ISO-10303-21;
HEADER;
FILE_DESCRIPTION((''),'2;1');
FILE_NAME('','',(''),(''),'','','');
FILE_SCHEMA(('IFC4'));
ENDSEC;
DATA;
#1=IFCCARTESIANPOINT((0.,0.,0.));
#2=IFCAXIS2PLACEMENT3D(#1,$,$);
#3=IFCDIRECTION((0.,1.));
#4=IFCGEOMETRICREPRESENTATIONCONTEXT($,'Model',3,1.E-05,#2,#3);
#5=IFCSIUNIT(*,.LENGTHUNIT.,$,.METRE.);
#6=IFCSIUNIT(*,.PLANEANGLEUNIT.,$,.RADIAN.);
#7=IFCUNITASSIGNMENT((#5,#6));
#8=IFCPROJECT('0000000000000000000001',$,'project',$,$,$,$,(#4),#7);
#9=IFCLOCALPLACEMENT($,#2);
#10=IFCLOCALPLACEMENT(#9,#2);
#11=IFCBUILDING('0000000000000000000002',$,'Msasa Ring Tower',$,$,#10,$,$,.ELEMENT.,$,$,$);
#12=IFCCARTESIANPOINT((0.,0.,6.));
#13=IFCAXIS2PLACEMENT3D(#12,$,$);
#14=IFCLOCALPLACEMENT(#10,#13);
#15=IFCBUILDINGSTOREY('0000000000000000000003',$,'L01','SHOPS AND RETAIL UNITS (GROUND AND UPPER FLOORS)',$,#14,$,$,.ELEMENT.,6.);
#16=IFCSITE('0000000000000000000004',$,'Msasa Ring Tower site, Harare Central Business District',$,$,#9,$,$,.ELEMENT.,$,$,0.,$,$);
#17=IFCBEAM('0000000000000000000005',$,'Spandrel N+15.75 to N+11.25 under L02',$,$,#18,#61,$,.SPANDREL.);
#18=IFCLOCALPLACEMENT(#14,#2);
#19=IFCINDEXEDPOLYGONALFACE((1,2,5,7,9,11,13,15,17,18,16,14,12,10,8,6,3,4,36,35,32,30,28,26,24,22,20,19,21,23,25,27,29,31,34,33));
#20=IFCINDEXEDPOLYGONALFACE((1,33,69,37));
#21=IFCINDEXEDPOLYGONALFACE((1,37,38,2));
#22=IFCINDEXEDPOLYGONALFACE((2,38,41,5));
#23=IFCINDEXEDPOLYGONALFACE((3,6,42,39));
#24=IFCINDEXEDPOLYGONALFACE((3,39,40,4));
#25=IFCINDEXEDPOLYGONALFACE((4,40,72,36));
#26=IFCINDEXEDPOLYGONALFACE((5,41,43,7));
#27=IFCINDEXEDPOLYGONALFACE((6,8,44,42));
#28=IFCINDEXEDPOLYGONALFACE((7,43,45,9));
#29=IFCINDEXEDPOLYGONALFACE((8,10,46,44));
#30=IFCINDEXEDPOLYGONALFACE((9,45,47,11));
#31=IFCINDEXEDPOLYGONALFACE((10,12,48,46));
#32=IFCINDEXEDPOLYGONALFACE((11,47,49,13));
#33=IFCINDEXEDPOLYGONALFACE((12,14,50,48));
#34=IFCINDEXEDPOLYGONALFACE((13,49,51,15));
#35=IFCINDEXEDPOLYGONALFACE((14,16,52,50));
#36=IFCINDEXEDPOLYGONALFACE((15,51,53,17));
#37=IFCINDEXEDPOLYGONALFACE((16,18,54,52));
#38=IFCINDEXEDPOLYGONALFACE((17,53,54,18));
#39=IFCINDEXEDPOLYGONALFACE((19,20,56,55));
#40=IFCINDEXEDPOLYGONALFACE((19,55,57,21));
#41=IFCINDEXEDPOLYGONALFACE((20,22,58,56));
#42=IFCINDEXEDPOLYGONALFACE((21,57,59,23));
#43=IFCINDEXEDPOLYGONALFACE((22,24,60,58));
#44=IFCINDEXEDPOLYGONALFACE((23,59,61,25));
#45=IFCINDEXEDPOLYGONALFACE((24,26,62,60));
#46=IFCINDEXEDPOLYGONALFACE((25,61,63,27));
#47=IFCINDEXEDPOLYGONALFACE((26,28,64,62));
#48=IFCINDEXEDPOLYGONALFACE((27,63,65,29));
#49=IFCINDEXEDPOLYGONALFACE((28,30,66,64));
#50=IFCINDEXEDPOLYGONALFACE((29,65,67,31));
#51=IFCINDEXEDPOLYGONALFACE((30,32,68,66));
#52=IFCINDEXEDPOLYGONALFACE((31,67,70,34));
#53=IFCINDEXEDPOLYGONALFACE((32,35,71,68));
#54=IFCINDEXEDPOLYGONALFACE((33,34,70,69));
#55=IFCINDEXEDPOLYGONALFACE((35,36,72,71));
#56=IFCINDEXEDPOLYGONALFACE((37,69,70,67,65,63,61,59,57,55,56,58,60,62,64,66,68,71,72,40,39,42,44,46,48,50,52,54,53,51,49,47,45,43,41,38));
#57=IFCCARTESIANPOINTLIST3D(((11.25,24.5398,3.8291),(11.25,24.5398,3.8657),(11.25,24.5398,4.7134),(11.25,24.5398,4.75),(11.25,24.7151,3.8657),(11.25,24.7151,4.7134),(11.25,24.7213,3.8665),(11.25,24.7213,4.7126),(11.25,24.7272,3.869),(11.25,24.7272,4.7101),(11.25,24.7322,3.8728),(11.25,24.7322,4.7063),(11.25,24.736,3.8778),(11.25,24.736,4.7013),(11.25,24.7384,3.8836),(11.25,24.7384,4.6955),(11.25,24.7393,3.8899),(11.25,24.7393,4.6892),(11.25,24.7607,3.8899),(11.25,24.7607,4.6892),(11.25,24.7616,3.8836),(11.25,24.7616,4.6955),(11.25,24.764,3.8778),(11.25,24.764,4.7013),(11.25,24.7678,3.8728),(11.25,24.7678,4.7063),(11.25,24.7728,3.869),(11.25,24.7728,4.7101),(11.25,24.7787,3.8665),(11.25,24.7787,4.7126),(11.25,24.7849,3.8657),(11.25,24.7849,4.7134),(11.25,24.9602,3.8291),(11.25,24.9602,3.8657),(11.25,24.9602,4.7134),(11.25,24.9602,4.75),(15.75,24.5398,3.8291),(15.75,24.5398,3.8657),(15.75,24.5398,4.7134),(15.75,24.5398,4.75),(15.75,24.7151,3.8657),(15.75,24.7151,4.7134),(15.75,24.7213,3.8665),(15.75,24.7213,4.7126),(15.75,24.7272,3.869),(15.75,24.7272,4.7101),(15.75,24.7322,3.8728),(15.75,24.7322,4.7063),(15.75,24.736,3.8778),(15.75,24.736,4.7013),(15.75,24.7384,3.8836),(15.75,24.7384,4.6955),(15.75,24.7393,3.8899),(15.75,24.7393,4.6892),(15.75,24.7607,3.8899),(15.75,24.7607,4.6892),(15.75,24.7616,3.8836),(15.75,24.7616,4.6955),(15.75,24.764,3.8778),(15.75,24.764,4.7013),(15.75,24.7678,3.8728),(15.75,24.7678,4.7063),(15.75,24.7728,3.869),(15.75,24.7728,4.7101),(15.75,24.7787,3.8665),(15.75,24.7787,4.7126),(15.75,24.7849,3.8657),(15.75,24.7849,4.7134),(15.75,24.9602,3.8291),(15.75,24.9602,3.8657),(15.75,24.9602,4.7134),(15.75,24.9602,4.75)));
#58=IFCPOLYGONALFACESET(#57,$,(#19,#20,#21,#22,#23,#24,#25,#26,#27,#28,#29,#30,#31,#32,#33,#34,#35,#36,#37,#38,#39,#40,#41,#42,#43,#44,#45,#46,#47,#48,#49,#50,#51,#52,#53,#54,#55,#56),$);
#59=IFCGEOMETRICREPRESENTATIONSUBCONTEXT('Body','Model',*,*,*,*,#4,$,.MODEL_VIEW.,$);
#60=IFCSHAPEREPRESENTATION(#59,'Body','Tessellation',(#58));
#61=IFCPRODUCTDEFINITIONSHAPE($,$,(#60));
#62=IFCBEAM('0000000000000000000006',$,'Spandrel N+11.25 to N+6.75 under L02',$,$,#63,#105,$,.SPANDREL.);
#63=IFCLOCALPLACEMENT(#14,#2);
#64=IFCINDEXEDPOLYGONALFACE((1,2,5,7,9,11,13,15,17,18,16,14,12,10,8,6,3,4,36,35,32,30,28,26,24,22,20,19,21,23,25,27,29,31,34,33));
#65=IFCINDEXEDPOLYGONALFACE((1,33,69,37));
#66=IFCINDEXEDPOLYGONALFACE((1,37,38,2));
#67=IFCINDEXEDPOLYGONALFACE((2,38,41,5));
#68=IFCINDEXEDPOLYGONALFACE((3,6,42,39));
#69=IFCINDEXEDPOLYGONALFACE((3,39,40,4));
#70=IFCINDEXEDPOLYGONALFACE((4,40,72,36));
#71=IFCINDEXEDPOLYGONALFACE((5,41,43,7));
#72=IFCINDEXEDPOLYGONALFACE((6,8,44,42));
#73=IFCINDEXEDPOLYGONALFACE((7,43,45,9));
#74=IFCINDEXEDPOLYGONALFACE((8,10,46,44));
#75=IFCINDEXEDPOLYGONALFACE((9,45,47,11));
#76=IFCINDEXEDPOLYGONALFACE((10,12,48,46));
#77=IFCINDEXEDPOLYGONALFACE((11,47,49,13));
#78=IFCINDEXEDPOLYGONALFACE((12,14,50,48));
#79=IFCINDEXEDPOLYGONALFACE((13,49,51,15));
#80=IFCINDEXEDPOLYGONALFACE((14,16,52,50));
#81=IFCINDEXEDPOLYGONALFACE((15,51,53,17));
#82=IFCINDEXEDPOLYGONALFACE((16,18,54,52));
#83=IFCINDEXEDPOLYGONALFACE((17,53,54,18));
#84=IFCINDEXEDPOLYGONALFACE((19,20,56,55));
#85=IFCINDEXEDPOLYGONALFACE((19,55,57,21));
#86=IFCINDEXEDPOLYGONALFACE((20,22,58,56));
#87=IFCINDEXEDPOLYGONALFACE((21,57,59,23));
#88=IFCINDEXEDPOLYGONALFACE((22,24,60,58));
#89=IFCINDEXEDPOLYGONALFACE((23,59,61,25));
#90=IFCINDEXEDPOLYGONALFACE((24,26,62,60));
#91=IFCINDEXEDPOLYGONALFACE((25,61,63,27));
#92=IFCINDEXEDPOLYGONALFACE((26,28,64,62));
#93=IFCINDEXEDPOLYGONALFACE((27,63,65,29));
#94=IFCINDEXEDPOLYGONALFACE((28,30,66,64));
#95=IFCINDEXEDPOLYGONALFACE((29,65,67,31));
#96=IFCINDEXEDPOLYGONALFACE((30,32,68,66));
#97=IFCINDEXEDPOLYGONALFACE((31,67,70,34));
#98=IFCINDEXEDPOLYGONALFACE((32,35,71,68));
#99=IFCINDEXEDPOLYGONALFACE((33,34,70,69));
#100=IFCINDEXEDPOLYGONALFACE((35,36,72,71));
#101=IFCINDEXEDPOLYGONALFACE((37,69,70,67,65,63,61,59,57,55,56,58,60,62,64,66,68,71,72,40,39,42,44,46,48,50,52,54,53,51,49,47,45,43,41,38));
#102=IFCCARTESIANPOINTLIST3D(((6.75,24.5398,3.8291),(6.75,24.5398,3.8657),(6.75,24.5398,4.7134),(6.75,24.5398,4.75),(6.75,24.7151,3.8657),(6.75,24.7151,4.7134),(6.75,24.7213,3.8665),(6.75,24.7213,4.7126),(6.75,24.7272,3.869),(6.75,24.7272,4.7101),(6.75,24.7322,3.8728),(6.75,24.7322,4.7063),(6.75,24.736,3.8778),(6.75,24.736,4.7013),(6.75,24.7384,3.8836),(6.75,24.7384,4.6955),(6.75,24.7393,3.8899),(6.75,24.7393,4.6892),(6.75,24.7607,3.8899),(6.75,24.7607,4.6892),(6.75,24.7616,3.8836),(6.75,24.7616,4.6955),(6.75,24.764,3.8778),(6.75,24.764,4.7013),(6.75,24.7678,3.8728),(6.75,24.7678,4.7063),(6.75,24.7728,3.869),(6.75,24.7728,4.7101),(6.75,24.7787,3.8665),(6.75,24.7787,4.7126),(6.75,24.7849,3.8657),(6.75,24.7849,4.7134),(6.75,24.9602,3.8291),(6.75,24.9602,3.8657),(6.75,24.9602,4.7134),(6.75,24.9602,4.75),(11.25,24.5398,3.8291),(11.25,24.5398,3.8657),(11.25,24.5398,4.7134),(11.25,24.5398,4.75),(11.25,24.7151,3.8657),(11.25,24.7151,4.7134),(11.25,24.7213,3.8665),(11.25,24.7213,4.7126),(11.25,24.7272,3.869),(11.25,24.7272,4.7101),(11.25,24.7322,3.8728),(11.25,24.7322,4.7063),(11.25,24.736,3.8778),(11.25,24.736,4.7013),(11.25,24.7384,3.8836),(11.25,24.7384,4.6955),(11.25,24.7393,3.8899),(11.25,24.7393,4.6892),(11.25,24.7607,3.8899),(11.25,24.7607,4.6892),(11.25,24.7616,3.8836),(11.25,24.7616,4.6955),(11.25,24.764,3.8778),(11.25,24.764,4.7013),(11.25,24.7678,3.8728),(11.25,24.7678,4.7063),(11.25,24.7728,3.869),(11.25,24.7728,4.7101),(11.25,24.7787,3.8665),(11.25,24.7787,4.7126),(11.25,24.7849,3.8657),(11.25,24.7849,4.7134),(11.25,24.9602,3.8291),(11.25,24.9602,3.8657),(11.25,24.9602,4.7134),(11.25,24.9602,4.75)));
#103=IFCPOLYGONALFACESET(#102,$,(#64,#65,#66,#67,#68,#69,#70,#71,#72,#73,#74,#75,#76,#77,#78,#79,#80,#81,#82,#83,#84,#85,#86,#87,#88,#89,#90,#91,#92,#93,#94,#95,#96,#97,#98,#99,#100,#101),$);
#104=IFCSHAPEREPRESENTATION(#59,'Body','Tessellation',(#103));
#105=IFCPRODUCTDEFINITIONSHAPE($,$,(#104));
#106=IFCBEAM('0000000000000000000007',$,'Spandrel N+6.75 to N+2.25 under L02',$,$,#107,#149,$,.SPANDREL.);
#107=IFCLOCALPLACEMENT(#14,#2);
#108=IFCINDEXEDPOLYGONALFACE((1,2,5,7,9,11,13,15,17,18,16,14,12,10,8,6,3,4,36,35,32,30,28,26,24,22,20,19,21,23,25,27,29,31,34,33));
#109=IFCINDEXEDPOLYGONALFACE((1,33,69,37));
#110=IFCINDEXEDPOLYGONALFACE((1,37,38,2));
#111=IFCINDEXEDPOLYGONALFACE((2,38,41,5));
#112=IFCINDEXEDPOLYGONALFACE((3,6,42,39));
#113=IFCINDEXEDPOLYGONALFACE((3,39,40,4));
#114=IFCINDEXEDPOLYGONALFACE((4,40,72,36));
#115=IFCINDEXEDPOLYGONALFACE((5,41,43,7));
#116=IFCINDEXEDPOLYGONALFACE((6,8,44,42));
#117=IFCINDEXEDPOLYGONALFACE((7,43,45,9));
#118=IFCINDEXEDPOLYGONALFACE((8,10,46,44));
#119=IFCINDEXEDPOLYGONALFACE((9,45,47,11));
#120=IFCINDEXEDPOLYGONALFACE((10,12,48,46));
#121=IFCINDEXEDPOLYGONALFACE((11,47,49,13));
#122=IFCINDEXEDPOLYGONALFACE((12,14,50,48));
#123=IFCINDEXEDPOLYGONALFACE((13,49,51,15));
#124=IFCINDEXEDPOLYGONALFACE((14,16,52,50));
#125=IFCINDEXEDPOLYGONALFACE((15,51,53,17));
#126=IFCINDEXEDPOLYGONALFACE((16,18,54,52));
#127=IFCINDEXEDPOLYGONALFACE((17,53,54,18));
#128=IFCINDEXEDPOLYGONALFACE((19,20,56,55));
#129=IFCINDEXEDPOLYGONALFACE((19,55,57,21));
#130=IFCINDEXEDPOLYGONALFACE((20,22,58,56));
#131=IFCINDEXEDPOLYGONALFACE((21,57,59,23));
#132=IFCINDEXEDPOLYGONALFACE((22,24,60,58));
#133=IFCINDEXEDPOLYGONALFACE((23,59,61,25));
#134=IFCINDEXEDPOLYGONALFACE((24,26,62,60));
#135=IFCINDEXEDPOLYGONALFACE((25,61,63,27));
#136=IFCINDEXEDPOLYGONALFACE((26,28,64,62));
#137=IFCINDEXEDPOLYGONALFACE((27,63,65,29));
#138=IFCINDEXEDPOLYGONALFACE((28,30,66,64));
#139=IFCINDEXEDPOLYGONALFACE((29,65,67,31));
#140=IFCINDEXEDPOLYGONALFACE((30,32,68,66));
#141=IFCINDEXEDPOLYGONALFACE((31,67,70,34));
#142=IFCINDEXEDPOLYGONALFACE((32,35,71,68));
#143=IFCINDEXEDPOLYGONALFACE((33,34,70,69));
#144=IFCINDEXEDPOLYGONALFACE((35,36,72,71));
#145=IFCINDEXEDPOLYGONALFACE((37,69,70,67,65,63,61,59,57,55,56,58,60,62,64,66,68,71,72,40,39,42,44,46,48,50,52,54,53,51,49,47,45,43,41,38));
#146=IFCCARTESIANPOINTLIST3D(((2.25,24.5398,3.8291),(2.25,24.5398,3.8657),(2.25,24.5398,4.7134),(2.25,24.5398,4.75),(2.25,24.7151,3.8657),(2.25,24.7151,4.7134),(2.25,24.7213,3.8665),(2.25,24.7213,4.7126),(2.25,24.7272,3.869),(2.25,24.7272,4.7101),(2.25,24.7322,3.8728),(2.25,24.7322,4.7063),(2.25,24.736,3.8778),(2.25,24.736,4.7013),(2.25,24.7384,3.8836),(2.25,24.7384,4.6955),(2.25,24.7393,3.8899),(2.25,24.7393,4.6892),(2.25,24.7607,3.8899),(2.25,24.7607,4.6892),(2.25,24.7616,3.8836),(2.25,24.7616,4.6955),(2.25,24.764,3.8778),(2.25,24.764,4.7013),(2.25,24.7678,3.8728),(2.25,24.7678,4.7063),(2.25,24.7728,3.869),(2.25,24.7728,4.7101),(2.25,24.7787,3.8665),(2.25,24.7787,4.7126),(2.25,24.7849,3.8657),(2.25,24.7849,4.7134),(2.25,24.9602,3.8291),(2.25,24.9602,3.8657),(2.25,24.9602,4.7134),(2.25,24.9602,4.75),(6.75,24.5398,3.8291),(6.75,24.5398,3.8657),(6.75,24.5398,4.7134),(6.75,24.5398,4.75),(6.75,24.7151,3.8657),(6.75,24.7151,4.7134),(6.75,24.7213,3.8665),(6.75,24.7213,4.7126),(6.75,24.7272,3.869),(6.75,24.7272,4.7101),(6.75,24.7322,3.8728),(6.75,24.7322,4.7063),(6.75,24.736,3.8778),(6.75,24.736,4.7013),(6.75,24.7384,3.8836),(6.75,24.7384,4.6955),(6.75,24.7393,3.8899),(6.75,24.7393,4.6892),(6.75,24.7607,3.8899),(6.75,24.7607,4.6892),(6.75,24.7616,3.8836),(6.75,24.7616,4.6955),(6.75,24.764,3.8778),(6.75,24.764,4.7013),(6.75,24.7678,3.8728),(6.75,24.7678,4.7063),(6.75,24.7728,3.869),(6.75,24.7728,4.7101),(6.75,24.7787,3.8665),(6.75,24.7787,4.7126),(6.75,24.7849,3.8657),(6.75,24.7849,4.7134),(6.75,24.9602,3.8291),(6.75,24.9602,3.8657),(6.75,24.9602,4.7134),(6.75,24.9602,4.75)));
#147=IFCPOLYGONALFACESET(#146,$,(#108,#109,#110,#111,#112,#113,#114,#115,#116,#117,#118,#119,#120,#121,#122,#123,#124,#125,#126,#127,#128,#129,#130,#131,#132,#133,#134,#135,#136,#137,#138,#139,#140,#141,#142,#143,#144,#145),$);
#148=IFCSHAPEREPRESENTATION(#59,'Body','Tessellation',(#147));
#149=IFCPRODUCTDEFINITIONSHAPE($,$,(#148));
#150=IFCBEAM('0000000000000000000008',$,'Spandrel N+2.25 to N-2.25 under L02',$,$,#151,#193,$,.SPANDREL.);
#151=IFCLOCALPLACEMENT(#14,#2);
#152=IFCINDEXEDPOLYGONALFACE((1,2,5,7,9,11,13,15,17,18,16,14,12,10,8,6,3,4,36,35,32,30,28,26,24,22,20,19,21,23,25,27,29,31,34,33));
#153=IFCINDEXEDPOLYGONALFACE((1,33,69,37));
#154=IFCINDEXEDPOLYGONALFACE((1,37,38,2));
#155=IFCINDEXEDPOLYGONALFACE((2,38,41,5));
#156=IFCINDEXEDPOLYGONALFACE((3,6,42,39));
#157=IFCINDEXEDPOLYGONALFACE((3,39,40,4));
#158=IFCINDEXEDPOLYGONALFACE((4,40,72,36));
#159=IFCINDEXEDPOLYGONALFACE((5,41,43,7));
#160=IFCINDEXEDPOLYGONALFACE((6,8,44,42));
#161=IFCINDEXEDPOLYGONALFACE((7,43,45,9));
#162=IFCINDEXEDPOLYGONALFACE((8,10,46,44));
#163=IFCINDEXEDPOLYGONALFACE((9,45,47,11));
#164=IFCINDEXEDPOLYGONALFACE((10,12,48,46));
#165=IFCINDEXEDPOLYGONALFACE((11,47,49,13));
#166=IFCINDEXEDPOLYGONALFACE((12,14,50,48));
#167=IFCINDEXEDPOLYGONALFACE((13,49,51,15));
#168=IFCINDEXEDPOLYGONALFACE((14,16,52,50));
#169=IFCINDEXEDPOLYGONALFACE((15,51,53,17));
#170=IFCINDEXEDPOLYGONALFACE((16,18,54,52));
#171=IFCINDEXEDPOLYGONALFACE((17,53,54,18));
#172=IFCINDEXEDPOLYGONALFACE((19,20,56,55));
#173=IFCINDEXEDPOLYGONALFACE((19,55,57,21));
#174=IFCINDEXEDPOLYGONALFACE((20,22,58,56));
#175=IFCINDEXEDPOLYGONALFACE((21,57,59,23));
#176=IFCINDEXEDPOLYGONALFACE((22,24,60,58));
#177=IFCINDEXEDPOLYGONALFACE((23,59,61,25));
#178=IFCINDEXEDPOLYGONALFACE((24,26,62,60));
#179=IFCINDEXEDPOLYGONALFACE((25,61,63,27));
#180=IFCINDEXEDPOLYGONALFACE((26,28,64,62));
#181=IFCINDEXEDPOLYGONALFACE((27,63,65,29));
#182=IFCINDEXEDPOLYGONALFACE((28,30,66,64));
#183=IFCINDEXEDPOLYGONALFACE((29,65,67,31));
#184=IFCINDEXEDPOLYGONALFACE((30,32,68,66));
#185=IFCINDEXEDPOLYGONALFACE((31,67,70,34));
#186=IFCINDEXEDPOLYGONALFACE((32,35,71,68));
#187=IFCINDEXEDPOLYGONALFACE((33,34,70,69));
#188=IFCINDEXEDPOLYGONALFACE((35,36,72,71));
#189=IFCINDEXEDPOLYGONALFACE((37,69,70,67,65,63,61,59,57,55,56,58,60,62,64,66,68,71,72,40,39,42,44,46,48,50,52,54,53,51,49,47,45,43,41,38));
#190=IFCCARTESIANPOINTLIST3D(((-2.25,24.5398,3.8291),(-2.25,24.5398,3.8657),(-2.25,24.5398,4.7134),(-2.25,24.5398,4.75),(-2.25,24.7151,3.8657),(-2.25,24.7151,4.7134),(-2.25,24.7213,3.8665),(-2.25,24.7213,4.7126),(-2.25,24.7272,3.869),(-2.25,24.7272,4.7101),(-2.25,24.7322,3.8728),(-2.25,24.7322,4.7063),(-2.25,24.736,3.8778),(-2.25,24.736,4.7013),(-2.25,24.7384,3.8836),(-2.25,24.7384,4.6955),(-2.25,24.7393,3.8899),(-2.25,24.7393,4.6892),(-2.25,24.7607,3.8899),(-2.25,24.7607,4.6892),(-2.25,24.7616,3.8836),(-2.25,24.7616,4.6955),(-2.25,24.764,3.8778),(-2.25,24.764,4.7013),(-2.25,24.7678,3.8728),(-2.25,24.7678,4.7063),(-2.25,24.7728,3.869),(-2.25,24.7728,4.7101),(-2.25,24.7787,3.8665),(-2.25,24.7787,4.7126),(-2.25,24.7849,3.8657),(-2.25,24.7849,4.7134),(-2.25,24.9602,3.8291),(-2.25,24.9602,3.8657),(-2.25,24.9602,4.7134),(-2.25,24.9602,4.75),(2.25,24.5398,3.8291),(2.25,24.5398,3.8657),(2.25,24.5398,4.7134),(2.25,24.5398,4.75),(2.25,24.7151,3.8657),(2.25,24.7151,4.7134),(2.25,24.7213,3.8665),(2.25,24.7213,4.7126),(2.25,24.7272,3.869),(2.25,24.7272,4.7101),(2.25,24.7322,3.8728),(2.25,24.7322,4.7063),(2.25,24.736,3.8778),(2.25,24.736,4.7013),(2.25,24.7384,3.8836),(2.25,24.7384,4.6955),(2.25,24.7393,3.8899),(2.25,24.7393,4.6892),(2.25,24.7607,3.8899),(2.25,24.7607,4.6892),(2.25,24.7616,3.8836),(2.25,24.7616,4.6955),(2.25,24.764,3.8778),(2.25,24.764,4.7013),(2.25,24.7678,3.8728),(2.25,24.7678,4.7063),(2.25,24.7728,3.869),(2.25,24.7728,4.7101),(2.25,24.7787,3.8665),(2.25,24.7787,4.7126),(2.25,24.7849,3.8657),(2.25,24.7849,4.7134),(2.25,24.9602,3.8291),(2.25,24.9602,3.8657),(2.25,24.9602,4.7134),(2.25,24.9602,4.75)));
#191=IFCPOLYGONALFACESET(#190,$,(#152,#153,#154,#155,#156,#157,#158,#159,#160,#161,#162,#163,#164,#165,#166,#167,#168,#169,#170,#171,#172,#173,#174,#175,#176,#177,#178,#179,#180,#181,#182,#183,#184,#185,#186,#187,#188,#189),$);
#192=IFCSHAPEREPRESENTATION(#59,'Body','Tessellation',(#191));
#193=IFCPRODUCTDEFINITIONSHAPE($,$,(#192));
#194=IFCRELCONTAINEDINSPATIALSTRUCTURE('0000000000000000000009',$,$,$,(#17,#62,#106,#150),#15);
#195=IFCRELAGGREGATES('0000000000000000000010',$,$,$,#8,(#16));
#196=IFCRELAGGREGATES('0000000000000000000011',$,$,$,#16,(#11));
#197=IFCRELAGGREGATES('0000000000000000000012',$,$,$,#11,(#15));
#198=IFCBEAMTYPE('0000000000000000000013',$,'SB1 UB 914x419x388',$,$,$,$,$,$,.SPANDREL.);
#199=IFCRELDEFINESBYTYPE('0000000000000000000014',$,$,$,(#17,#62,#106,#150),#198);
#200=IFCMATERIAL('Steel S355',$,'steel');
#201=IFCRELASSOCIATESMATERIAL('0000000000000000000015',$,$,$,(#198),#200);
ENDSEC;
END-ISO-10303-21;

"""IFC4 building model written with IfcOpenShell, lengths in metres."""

from ifc_helpers import new_model, si_unit, direction, frame, origin, origin_2d, place, context, subcontext, project, spatial, i_section, extrude, material, material_profile, profile_set, type_object, element, save


model = new_model("IFC4")

# Units and contexts
model_context = context("Model", 3, precision=1e-05, world=origin(), true_north=direction((0.0, 1.0)))
body_context = subcontext(model_context, "Body", "Model", "MODEL_VIEW")
ifc_project = project(units=[si_unit("LENGTHUNIT", "METRE"), si_unit("PLANEANGLEUNIT", "RADIAN")], contexts=[model_context])

# Site, building, storey
site_placement = place(None, origin())
site = spatial("IfcSite", under=ifc_project, at=site_placement, Name="Msasa Ring Tower site, Harare Central Business District", CompositionType="ELEMENT", RefElevation=0.0)
building_placement = place(site_placement, origin())
building = spatial("IfcBuilding", under=site, at=building_placement, Name="Msasa Ring Tower", CompositionType="ELEMENT")
storey_placement = place(building_placement, frame((0.0, 0.0, 6.0)))
storey = spatial("IfcBuildingStorey", under=building, at=storey_placement, Name="L01", Description="SHOPS AND RETAIL UNITS (GROUND AND UPPER FLOORS)", CompositionType="ELEMENT", Elevation=6.0)

# Beams
ifc_material_1 = material(Name="Steel S355", Category="steel")
ifc_material_profile_1 = material_profile(ifc_material_1, i_section(OverallWidth=0.4204, OverallDepth=0.9209, WebThickness=0.0215, FlangeThickness=0.0366, FilletRadius=0.0242, at=origin_2d()), Name="UB 914x419x388")
ifc_profile_set_1 = profile_set([ifc_material_profile_1], Name="Steel S355")
beam_type_1 = type_object("IfcBeamType", Name="SB1 UB 914x419x388", PredefinedType="SPANDREL", material=ifc_profile_set_1)
for number, where, z_axis, x_axis, name in (
    (1, (15.75, 24.75, 4.2896), (-1.0, 0.0, 0.0), (0.0, -1.0, 0.0), "Spandrel N+15.75 to N+11.25 under L02"),
    (2, (11.25, 24.75, 4.2896), (-1.0, 0.0, 0.0), (0.0, -1.0, 0.0), "Spandrel N+11.25 to N+6.75 under L02"),
    (3, (6.75, 24.75, 4.2896), (-1.0, 0.0, 0.0), (0.0, -1.0, 0.0), "Spandrel N+6.75 to N+2.25 under L02"),
    (4, (2.25, 24.75, 4.2896), (-1.0, 0.0, 0.0), (0.0, -1.0, 0.0), "Spandrel N+2.25 to N-2.25 under L02"),
):
    element("IfcBeam", number, at=place(storey_placement, frame(where, z_axis=z_axis, x_axis=x_axis)), inside=storey, type_object=beam_type_1, Name=name, PredefinedType="SPANDREL", context=body_context, shape_type="SweptSolid", body=[
        extrude(i_section(OverallWidth=0.4204, OverallDepth=0.9209, WebThickness=0.0215, FlangeThickness=0.0366, FilletRadius=0.0242, at=origin_2d()), origin(), (0.0, 0.0, 1.0), 4.5),
    ])

save(model, "model.ifc")
